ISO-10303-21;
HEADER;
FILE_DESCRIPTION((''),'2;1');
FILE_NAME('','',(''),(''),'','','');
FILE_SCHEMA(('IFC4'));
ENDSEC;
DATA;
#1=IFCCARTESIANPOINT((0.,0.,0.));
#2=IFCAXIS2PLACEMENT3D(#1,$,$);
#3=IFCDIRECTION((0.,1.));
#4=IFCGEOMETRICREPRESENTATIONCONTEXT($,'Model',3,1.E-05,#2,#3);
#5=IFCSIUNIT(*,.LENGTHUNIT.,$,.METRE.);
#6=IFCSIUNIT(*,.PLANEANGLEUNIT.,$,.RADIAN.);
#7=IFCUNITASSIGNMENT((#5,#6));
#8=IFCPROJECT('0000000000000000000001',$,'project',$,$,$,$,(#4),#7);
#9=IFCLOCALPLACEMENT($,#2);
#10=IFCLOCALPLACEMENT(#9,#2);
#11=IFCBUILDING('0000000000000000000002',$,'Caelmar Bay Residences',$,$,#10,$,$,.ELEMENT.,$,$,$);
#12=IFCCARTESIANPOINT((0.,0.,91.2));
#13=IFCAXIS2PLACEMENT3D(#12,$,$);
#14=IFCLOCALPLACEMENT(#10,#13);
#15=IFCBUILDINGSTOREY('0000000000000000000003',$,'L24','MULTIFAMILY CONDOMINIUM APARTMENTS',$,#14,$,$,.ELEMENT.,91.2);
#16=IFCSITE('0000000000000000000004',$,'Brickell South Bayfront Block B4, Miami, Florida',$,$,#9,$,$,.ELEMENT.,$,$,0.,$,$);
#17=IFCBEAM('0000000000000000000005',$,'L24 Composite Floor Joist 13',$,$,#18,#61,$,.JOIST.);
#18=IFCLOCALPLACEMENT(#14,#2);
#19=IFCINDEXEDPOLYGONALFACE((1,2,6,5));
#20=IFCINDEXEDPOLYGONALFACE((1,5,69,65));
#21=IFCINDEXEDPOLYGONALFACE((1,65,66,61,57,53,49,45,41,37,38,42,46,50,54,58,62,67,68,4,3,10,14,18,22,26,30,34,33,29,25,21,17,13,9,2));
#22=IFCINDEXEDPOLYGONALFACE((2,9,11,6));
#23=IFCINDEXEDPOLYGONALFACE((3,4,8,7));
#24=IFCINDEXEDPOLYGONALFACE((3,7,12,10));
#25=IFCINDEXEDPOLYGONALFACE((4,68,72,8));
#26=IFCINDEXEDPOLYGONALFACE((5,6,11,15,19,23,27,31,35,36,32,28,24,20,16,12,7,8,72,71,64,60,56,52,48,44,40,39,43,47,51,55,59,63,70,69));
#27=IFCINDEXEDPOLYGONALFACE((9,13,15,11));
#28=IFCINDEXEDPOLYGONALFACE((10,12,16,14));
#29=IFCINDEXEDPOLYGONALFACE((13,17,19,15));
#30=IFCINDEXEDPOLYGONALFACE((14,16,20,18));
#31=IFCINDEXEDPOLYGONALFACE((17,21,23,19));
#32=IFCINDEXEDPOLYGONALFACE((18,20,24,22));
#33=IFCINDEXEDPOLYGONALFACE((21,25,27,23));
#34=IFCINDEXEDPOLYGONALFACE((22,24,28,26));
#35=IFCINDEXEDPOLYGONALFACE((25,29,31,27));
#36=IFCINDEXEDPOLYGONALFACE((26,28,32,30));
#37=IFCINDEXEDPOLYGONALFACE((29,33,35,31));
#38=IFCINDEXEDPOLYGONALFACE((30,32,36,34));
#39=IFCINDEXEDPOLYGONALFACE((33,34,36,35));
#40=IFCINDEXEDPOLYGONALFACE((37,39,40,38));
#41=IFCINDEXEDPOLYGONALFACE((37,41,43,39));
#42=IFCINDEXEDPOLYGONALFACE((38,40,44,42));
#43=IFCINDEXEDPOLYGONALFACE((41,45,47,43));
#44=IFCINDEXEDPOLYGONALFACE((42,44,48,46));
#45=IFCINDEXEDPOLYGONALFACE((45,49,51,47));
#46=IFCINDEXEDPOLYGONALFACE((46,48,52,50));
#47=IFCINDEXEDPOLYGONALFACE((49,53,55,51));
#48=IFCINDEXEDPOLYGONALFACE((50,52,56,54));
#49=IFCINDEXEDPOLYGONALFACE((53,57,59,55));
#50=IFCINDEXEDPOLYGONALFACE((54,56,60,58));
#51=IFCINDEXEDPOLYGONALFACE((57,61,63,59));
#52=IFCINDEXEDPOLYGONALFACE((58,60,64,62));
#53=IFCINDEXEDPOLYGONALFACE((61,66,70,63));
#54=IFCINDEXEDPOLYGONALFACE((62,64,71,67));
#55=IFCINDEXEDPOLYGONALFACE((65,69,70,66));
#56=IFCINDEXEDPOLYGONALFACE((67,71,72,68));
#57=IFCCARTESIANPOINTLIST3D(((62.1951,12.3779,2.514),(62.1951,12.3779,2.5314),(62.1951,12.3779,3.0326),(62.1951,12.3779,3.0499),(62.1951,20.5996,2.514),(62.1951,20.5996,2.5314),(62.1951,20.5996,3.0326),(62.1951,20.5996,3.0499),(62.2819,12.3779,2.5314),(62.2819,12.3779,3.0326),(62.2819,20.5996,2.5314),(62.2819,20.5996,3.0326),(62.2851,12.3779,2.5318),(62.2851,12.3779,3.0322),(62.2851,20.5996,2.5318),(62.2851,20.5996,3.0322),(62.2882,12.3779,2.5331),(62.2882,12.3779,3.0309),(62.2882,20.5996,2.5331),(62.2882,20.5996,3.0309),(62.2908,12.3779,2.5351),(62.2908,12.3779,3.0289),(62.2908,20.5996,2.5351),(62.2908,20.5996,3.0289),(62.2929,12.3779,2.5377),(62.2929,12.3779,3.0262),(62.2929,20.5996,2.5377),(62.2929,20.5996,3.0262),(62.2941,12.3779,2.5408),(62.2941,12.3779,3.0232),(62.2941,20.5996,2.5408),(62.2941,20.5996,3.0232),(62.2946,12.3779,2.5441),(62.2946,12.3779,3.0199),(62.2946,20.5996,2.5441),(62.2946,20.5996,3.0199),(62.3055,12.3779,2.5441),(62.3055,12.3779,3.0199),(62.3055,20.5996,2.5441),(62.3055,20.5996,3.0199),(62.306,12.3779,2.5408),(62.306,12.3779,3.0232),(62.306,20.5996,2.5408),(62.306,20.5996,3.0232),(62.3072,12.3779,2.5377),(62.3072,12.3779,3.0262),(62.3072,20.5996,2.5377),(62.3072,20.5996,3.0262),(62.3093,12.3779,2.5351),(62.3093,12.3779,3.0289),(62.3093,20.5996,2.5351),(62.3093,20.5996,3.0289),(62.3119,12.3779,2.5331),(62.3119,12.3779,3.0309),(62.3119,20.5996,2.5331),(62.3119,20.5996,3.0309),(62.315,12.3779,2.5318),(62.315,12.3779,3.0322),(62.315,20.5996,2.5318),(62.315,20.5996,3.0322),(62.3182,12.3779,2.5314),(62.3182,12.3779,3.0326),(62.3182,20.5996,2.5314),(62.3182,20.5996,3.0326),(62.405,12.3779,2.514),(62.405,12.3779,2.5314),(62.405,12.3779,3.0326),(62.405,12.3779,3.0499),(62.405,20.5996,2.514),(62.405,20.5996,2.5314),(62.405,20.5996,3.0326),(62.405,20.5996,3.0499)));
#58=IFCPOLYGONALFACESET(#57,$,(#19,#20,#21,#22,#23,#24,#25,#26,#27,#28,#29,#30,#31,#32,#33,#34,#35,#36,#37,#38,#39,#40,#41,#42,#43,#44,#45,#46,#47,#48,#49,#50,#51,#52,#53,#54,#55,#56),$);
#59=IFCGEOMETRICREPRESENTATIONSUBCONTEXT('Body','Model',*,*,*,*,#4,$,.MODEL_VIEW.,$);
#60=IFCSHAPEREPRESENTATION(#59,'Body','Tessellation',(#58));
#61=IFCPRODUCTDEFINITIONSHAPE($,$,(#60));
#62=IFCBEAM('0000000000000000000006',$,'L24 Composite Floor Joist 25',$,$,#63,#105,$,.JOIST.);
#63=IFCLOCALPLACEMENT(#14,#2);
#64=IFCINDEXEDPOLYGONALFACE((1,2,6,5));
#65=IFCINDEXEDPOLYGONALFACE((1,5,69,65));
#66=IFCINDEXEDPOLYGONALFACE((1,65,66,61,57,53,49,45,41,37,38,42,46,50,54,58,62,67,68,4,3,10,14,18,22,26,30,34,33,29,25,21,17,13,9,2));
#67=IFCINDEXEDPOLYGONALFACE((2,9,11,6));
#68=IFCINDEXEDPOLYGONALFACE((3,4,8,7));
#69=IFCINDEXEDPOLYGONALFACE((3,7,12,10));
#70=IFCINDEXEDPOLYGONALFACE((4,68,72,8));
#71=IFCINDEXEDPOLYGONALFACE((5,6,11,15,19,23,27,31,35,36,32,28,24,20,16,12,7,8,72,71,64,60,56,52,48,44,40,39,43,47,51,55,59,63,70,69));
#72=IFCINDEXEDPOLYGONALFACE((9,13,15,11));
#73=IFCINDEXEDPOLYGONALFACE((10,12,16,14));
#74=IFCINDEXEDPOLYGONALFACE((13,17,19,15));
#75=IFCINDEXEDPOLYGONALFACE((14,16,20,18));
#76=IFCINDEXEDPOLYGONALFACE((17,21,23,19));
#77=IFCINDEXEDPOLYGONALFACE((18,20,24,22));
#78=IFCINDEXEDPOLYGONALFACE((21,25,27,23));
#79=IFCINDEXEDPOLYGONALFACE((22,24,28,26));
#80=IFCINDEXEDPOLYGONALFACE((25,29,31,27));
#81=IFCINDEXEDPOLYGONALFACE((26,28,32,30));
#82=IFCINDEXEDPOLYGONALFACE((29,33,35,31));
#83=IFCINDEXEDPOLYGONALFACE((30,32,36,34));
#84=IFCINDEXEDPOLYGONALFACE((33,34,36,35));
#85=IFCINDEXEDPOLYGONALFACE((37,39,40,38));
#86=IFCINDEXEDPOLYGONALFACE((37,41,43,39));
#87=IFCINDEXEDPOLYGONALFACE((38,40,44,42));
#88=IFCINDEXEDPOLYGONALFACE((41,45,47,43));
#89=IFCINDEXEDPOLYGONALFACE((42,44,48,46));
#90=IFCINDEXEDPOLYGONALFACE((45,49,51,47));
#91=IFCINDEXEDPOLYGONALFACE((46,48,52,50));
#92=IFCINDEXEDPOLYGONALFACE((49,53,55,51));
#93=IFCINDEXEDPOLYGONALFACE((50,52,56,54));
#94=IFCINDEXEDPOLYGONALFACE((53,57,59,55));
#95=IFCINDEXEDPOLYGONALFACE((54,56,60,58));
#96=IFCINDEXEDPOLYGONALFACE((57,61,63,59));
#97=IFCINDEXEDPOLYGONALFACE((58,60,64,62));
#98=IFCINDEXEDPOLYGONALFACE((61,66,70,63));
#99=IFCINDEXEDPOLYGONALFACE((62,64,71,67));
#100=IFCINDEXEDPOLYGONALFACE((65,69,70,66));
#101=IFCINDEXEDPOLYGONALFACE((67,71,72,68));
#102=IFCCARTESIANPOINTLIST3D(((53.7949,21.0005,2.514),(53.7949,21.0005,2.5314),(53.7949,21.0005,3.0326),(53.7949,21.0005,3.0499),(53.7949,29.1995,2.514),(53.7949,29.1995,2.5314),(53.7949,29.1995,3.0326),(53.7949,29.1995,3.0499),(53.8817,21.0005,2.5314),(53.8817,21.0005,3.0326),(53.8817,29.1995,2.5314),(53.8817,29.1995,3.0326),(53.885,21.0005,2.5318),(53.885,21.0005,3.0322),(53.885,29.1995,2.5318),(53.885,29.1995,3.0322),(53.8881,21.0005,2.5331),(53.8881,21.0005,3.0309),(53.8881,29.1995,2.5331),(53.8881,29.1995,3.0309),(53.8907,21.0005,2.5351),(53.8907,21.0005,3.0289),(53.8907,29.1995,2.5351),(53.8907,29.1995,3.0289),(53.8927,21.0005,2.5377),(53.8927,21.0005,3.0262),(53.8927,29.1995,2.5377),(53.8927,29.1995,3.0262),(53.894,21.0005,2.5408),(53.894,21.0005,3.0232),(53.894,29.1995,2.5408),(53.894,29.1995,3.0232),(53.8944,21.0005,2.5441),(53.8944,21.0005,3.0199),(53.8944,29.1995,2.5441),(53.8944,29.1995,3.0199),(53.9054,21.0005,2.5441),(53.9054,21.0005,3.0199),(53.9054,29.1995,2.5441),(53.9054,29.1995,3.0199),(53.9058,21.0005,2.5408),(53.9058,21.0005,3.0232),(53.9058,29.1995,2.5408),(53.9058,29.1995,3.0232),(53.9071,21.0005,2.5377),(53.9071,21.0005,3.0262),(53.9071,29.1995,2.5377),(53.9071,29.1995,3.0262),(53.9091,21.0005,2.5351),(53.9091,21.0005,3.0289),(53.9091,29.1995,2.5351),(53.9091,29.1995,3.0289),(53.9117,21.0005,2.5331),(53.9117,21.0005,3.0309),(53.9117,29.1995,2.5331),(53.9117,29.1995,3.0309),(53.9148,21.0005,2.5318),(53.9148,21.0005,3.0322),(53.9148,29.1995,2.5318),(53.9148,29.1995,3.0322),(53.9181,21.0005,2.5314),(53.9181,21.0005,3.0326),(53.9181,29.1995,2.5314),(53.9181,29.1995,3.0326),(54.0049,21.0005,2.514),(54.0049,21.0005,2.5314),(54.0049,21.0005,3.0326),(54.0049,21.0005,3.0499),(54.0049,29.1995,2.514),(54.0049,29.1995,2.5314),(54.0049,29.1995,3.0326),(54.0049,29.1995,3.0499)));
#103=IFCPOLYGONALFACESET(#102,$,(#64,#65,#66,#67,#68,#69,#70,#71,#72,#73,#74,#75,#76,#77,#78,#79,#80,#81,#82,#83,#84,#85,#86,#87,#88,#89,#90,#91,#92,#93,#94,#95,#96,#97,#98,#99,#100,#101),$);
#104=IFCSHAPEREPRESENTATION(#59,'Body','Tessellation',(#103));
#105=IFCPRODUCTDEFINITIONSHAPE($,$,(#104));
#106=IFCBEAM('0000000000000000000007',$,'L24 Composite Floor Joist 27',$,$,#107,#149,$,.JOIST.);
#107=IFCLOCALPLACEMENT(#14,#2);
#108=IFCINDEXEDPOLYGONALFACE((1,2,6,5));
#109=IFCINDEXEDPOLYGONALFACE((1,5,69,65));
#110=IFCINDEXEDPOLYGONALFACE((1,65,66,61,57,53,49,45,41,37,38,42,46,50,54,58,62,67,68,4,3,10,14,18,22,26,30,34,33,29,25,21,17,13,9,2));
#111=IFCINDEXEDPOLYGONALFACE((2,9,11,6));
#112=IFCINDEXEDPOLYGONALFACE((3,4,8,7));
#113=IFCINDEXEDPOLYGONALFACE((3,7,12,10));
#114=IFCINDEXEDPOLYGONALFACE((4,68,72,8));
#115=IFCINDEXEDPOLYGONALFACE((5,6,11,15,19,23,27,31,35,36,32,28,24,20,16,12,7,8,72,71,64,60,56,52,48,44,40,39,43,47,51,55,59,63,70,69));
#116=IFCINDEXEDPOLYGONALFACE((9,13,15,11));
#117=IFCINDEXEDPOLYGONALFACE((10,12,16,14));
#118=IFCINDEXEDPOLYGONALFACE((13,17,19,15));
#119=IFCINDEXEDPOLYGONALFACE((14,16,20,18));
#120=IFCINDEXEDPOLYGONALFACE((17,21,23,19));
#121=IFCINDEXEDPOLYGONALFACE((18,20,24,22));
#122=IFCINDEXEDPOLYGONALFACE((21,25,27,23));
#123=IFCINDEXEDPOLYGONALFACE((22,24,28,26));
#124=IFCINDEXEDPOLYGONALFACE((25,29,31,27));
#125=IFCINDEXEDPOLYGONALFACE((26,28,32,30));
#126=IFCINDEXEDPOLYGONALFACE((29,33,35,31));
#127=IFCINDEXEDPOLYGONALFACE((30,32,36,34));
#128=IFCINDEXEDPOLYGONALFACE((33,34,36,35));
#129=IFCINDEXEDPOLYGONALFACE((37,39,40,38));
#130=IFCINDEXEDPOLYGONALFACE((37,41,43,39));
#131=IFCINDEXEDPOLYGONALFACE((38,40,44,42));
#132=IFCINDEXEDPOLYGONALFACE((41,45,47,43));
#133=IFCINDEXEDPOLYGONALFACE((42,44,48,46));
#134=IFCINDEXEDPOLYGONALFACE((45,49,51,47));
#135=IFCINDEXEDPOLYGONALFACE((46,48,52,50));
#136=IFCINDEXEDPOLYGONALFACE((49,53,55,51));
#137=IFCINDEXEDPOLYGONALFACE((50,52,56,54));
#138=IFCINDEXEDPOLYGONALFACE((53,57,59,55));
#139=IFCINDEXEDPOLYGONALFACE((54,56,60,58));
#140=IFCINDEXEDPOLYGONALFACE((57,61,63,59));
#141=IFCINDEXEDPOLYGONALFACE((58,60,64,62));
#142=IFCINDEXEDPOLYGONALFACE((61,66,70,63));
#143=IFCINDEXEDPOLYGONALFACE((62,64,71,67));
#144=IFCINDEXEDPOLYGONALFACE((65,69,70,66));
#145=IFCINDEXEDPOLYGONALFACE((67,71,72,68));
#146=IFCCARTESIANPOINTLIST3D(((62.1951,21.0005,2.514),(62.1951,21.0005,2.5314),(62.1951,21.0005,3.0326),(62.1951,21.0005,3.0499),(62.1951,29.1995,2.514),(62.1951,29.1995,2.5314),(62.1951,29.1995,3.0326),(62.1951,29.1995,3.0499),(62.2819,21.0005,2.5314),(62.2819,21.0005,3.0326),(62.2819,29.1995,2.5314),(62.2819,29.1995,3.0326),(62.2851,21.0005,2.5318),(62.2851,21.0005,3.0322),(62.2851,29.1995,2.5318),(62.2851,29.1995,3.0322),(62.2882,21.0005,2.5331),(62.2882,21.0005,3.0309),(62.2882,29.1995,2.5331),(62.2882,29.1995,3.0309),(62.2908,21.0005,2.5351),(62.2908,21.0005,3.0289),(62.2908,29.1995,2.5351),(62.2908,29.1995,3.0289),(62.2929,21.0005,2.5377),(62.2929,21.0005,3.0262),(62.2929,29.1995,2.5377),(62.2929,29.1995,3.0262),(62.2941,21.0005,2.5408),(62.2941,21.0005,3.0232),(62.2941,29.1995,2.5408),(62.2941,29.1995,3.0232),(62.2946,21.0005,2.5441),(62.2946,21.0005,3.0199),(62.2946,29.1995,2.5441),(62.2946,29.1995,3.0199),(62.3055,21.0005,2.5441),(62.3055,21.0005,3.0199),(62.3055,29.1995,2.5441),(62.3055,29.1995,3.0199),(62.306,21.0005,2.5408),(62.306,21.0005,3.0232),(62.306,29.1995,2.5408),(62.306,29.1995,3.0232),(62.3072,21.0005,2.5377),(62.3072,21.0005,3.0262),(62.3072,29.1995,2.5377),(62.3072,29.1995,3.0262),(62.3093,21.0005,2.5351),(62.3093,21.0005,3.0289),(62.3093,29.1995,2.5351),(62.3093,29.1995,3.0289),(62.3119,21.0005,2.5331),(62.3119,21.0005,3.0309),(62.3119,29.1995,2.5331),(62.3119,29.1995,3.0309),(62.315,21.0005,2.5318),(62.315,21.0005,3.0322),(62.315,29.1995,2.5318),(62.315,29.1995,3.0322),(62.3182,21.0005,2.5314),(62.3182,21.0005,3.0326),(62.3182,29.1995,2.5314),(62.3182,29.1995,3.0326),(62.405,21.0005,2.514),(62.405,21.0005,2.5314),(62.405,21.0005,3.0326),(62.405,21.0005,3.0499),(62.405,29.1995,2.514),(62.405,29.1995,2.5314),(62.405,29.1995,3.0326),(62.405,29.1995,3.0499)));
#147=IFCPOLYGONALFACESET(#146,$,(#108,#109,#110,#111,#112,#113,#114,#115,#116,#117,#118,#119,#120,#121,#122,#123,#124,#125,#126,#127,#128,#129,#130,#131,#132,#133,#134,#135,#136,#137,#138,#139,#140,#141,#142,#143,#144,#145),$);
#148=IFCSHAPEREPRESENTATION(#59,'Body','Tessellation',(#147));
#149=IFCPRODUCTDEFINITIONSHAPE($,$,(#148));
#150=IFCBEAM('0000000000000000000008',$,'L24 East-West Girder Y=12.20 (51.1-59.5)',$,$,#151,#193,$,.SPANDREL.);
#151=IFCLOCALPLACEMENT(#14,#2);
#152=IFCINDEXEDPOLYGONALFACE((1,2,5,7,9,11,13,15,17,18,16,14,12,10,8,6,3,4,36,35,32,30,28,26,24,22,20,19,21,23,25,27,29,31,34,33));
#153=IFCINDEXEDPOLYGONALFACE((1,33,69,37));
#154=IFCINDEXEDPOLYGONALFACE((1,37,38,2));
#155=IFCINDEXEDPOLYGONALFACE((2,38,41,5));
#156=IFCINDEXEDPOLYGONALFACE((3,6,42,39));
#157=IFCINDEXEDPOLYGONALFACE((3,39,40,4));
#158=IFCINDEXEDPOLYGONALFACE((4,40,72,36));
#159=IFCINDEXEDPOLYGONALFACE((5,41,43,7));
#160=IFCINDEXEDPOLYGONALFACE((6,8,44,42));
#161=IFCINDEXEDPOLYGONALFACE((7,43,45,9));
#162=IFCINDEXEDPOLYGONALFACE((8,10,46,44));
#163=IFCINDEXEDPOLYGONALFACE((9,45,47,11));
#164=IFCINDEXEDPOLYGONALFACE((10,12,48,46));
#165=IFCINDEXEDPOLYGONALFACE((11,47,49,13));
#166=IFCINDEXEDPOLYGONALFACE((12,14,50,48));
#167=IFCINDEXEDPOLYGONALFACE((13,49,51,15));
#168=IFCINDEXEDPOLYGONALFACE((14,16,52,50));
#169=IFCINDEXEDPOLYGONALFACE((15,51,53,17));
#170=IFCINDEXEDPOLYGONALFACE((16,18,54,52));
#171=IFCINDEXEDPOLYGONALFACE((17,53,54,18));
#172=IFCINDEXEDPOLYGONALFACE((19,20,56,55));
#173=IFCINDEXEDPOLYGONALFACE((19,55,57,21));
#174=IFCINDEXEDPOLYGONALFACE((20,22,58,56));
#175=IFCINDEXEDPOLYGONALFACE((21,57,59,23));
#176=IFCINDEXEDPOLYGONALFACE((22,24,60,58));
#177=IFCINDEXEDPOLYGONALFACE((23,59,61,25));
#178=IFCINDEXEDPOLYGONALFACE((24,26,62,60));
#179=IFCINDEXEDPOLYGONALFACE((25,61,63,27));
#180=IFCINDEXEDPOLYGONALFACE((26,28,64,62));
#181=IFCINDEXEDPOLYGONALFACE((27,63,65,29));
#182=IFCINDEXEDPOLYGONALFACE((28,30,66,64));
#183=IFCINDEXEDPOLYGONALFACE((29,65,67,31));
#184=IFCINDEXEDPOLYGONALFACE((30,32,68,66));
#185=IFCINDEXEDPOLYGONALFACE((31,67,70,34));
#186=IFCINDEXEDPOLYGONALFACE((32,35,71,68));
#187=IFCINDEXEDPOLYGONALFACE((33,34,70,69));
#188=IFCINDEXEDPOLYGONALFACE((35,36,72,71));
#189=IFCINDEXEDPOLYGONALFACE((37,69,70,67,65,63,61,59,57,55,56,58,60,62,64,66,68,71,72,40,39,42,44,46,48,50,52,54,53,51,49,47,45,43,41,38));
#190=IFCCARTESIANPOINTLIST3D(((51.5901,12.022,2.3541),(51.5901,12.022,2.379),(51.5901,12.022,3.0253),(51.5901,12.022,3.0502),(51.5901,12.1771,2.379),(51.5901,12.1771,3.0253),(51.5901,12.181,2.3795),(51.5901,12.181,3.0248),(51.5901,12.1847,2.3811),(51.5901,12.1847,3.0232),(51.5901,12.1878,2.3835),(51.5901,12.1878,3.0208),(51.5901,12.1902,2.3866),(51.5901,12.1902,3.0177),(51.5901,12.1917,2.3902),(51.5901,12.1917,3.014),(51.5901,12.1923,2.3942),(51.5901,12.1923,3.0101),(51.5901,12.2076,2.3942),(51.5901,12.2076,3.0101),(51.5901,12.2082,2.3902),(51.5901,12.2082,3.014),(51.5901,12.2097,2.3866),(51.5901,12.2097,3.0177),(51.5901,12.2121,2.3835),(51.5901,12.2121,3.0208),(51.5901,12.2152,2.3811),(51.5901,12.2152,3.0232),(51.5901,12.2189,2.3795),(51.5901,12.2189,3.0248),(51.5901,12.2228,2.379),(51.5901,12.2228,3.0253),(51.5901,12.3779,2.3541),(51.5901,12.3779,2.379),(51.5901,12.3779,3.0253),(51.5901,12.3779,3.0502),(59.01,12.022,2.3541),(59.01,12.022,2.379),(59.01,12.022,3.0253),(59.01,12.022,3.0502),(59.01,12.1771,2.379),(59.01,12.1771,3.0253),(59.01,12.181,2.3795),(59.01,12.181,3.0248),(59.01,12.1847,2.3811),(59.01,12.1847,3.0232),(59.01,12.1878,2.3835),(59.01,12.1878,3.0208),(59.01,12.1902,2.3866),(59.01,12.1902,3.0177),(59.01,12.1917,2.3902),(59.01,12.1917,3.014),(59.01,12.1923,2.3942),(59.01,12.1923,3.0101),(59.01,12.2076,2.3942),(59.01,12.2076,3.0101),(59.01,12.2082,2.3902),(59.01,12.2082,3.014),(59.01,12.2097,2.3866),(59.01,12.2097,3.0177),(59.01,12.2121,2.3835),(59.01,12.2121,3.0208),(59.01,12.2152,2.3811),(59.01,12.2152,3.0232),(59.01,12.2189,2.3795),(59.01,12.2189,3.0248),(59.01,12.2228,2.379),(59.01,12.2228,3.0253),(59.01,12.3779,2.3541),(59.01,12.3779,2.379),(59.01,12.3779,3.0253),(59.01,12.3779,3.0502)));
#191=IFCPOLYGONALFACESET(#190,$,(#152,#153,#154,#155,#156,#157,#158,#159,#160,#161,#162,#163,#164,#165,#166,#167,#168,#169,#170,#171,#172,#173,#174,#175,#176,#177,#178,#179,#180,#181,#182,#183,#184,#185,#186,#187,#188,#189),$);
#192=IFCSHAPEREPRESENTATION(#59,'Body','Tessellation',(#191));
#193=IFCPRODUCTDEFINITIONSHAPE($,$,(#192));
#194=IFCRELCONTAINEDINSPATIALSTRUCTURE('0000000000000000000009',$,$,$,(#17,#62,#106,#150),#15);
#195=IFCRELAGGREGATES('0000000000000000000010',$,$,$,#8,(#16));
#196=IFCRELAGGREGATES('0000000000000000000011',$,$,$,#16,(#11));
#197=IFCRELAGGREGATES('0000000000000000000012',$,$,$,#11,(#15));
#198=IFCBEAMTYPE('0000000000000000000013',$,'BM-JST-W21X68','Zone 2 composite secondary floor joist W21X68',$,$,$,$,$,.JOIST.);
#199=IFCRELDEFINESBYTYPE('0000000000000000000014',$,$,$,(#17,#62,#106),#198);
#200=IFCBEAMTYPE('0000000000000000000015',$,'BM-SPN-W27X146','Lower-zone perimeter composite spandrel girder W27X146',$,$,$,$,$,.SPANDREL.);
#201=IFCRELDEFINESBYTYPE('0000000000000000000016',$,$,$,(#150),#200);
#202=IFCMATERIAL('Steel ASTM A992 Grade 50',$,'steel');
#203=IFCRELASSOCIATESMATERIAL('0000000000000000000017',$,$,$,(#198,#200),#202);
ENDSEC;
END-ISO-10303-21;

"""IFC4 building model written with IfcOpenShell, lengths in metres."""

from ifc_helpers import new_model, si_unit, direction, frame, origin, origin_2d, place, context, subcontext, project, spatial, i_section, extrude, material, material_profile, profile_set, type_object, element, save


model = new_model("IFC4")

# Units and contexts
model_context = context("Model", 3, precision=1e-05, world=origin(), true_north=direction((0.0, 1.0)))
body_context = subcontext(model_context, "Body", "Model", "MODEL_VIEW")
ifc_project = project(units=[si_unit("LENGTHUNIT", "METRE"), si_unit("PLANEANGLEUNIT", "RADIAN")], contexts=[model_context])

# Site, building, storey
site_placement = place(None, origin())
site = spatial("IfcSite", under=ifc_project, at=site_placement, Name="Brickell South Bayfront Block B4, Miami, Florida", CompositionType="ELEMENT", RefElevation=0.0)
building_placement = place(site_placement, origin())
building = spatial("IfcBuilding", under=site, at=building_placement, Name="Caelmar Bay Residences", CompositionType="ELEMENT")
storey_placement = place(building_placement, frame((0.0, 0.0, 91.2)))
storey = spatial("IfcBuildingStorey", under=building, at=storey_placement, Name="L24", Description="MULTIFAMILY CONDOMINIUM APARTMENTS", CompositionType="ELEMENT", Elevation=91.2)

# Beams
ifc_material_1 = material(Name="Steel ASTM A992 Grade 50", Category="steel")
ifc_material_profile_1 = material_profile(ifc_material_1, i_section(OverallWidth=0.21, OverallDepth=0.5359, WebThickness=0.011, FlangeThickness=0.0173, FilletRadius=0.0127, at=origin_2d()), Name="W21X68")
ifc_profile_set_1 = profile_set([ifc_material_profile_1], Name="Steel ASTM A992 Grade 50")
beam_type_1 = type_object("IfcBeamType", Name="BM-JST-W21X68", Description="Zone 2 composite secondary floor joist W21X68", PredefinedType="JOIST", material=ifc_profile_set_1)
for number, where, z_axis, x_axis, name in (
    (1, (62.3, 12.3779, 2.782), (0.0, 1.0, 0.0), (-1.0, 0.0, 0.0), "L24 Composite Floor Joist 13"),
):
    element("IfcBeam", number, at=place(storey_placement, frame(where, z_axis=z_axis, x_axis=x_axis)), inside=storey, type_object=beam_type_1, Name=name, PredefinedType="JOIST", context=body_context, shape_type="SweptSolid", body=[
        extrude(i_section(OverallWidth=0.21, OverallDepth=0.5359, WebThickness=0.011, FlangeThickness=0.0173, FilletRadius=0.0127, at=origin_2d()), origin(), (0.0, 0.0, 1.0), 8.2217),
    ])
for number, where, z_axis, x_axis, name in (
    (2, (53.8999, 21.0005, 2.782), (0.0, 1.0, 0.0), (-1.0, 0.0, 0.0), "L24 Composite Floor Joist 25"),
    (3, (62.3, 21.0005, 2.782), (0.0, 1.0, 0.0), (-1.0, 0.0, 0.0), "L24 Composite Floor Joist 27"),
):
    element("IfcBeam", number, at=place(storey_placement, frame(where, z_axis=z_axis, x_axis=x_axis)), inside=storey, type_object=beam_type_1, Name=name, PredefinedType="JOIST", context=body_context, shape_type="SweptSolid", body=[
        extrude(i_section(OverallWidth=0.21, OverallDepth=0.5359, WebThickness=0.011, FlangeThickness=0.0173, FilletRadius=0.0127, at=origin_2d()), origin(), (0.0, 0.0, 1.0), 8.199),
    ])
ifc_material_profile_2 = material_profile(ifc_material_1, i_section(OverallWidth=0.356, OverallDepth=0.696, WebThickness=0.0154, FlangeThickness=0.0249, FilletRadius=0.0151, at=origin_2d()), Name="W27X146")
ifc_profile_set_2 = profile_set([ifc_material_profile_2], Name="Steel ASTM A992 Grade 50")
beam_type_2 = type_object("IfcBeamType", Name="BM-SPN-W27X146", Description="Lower-zone perimeter composite spandrel girder W27X146", PredefinedType="SPANDREL", material=ifc_profile_set_2)
for number, where, z_axis, x_axis, name in (
    (4, (51.5901, 12.2, 2.7021), (1.0, 0.0, 0.0), (0.0, 1.0, 0.0), "L24 East-West Girder Y=12.20 (51.1-59.5)"),
):
    element("IfcBeam", number, at=place(storey_placement, frame(where, z_axis=z_axis, x_axis=x_axis)), inside=storey, type_object=beam_type_2, Name=name, PredefinedType="SPANDREL", context=body_context, shape_type="SweptSolid", body=[
        extrude(i_section(OverallWidth=0.356, OverallDepth=0.696, WebThickness=0.0154, FlangeThickness=0.0249, FilletRadius=0.0151, at=origin_2d()), origin(), (0.0, 0.0, 1.0), 7.4199),
    ])

save(model, "model.ifc")
